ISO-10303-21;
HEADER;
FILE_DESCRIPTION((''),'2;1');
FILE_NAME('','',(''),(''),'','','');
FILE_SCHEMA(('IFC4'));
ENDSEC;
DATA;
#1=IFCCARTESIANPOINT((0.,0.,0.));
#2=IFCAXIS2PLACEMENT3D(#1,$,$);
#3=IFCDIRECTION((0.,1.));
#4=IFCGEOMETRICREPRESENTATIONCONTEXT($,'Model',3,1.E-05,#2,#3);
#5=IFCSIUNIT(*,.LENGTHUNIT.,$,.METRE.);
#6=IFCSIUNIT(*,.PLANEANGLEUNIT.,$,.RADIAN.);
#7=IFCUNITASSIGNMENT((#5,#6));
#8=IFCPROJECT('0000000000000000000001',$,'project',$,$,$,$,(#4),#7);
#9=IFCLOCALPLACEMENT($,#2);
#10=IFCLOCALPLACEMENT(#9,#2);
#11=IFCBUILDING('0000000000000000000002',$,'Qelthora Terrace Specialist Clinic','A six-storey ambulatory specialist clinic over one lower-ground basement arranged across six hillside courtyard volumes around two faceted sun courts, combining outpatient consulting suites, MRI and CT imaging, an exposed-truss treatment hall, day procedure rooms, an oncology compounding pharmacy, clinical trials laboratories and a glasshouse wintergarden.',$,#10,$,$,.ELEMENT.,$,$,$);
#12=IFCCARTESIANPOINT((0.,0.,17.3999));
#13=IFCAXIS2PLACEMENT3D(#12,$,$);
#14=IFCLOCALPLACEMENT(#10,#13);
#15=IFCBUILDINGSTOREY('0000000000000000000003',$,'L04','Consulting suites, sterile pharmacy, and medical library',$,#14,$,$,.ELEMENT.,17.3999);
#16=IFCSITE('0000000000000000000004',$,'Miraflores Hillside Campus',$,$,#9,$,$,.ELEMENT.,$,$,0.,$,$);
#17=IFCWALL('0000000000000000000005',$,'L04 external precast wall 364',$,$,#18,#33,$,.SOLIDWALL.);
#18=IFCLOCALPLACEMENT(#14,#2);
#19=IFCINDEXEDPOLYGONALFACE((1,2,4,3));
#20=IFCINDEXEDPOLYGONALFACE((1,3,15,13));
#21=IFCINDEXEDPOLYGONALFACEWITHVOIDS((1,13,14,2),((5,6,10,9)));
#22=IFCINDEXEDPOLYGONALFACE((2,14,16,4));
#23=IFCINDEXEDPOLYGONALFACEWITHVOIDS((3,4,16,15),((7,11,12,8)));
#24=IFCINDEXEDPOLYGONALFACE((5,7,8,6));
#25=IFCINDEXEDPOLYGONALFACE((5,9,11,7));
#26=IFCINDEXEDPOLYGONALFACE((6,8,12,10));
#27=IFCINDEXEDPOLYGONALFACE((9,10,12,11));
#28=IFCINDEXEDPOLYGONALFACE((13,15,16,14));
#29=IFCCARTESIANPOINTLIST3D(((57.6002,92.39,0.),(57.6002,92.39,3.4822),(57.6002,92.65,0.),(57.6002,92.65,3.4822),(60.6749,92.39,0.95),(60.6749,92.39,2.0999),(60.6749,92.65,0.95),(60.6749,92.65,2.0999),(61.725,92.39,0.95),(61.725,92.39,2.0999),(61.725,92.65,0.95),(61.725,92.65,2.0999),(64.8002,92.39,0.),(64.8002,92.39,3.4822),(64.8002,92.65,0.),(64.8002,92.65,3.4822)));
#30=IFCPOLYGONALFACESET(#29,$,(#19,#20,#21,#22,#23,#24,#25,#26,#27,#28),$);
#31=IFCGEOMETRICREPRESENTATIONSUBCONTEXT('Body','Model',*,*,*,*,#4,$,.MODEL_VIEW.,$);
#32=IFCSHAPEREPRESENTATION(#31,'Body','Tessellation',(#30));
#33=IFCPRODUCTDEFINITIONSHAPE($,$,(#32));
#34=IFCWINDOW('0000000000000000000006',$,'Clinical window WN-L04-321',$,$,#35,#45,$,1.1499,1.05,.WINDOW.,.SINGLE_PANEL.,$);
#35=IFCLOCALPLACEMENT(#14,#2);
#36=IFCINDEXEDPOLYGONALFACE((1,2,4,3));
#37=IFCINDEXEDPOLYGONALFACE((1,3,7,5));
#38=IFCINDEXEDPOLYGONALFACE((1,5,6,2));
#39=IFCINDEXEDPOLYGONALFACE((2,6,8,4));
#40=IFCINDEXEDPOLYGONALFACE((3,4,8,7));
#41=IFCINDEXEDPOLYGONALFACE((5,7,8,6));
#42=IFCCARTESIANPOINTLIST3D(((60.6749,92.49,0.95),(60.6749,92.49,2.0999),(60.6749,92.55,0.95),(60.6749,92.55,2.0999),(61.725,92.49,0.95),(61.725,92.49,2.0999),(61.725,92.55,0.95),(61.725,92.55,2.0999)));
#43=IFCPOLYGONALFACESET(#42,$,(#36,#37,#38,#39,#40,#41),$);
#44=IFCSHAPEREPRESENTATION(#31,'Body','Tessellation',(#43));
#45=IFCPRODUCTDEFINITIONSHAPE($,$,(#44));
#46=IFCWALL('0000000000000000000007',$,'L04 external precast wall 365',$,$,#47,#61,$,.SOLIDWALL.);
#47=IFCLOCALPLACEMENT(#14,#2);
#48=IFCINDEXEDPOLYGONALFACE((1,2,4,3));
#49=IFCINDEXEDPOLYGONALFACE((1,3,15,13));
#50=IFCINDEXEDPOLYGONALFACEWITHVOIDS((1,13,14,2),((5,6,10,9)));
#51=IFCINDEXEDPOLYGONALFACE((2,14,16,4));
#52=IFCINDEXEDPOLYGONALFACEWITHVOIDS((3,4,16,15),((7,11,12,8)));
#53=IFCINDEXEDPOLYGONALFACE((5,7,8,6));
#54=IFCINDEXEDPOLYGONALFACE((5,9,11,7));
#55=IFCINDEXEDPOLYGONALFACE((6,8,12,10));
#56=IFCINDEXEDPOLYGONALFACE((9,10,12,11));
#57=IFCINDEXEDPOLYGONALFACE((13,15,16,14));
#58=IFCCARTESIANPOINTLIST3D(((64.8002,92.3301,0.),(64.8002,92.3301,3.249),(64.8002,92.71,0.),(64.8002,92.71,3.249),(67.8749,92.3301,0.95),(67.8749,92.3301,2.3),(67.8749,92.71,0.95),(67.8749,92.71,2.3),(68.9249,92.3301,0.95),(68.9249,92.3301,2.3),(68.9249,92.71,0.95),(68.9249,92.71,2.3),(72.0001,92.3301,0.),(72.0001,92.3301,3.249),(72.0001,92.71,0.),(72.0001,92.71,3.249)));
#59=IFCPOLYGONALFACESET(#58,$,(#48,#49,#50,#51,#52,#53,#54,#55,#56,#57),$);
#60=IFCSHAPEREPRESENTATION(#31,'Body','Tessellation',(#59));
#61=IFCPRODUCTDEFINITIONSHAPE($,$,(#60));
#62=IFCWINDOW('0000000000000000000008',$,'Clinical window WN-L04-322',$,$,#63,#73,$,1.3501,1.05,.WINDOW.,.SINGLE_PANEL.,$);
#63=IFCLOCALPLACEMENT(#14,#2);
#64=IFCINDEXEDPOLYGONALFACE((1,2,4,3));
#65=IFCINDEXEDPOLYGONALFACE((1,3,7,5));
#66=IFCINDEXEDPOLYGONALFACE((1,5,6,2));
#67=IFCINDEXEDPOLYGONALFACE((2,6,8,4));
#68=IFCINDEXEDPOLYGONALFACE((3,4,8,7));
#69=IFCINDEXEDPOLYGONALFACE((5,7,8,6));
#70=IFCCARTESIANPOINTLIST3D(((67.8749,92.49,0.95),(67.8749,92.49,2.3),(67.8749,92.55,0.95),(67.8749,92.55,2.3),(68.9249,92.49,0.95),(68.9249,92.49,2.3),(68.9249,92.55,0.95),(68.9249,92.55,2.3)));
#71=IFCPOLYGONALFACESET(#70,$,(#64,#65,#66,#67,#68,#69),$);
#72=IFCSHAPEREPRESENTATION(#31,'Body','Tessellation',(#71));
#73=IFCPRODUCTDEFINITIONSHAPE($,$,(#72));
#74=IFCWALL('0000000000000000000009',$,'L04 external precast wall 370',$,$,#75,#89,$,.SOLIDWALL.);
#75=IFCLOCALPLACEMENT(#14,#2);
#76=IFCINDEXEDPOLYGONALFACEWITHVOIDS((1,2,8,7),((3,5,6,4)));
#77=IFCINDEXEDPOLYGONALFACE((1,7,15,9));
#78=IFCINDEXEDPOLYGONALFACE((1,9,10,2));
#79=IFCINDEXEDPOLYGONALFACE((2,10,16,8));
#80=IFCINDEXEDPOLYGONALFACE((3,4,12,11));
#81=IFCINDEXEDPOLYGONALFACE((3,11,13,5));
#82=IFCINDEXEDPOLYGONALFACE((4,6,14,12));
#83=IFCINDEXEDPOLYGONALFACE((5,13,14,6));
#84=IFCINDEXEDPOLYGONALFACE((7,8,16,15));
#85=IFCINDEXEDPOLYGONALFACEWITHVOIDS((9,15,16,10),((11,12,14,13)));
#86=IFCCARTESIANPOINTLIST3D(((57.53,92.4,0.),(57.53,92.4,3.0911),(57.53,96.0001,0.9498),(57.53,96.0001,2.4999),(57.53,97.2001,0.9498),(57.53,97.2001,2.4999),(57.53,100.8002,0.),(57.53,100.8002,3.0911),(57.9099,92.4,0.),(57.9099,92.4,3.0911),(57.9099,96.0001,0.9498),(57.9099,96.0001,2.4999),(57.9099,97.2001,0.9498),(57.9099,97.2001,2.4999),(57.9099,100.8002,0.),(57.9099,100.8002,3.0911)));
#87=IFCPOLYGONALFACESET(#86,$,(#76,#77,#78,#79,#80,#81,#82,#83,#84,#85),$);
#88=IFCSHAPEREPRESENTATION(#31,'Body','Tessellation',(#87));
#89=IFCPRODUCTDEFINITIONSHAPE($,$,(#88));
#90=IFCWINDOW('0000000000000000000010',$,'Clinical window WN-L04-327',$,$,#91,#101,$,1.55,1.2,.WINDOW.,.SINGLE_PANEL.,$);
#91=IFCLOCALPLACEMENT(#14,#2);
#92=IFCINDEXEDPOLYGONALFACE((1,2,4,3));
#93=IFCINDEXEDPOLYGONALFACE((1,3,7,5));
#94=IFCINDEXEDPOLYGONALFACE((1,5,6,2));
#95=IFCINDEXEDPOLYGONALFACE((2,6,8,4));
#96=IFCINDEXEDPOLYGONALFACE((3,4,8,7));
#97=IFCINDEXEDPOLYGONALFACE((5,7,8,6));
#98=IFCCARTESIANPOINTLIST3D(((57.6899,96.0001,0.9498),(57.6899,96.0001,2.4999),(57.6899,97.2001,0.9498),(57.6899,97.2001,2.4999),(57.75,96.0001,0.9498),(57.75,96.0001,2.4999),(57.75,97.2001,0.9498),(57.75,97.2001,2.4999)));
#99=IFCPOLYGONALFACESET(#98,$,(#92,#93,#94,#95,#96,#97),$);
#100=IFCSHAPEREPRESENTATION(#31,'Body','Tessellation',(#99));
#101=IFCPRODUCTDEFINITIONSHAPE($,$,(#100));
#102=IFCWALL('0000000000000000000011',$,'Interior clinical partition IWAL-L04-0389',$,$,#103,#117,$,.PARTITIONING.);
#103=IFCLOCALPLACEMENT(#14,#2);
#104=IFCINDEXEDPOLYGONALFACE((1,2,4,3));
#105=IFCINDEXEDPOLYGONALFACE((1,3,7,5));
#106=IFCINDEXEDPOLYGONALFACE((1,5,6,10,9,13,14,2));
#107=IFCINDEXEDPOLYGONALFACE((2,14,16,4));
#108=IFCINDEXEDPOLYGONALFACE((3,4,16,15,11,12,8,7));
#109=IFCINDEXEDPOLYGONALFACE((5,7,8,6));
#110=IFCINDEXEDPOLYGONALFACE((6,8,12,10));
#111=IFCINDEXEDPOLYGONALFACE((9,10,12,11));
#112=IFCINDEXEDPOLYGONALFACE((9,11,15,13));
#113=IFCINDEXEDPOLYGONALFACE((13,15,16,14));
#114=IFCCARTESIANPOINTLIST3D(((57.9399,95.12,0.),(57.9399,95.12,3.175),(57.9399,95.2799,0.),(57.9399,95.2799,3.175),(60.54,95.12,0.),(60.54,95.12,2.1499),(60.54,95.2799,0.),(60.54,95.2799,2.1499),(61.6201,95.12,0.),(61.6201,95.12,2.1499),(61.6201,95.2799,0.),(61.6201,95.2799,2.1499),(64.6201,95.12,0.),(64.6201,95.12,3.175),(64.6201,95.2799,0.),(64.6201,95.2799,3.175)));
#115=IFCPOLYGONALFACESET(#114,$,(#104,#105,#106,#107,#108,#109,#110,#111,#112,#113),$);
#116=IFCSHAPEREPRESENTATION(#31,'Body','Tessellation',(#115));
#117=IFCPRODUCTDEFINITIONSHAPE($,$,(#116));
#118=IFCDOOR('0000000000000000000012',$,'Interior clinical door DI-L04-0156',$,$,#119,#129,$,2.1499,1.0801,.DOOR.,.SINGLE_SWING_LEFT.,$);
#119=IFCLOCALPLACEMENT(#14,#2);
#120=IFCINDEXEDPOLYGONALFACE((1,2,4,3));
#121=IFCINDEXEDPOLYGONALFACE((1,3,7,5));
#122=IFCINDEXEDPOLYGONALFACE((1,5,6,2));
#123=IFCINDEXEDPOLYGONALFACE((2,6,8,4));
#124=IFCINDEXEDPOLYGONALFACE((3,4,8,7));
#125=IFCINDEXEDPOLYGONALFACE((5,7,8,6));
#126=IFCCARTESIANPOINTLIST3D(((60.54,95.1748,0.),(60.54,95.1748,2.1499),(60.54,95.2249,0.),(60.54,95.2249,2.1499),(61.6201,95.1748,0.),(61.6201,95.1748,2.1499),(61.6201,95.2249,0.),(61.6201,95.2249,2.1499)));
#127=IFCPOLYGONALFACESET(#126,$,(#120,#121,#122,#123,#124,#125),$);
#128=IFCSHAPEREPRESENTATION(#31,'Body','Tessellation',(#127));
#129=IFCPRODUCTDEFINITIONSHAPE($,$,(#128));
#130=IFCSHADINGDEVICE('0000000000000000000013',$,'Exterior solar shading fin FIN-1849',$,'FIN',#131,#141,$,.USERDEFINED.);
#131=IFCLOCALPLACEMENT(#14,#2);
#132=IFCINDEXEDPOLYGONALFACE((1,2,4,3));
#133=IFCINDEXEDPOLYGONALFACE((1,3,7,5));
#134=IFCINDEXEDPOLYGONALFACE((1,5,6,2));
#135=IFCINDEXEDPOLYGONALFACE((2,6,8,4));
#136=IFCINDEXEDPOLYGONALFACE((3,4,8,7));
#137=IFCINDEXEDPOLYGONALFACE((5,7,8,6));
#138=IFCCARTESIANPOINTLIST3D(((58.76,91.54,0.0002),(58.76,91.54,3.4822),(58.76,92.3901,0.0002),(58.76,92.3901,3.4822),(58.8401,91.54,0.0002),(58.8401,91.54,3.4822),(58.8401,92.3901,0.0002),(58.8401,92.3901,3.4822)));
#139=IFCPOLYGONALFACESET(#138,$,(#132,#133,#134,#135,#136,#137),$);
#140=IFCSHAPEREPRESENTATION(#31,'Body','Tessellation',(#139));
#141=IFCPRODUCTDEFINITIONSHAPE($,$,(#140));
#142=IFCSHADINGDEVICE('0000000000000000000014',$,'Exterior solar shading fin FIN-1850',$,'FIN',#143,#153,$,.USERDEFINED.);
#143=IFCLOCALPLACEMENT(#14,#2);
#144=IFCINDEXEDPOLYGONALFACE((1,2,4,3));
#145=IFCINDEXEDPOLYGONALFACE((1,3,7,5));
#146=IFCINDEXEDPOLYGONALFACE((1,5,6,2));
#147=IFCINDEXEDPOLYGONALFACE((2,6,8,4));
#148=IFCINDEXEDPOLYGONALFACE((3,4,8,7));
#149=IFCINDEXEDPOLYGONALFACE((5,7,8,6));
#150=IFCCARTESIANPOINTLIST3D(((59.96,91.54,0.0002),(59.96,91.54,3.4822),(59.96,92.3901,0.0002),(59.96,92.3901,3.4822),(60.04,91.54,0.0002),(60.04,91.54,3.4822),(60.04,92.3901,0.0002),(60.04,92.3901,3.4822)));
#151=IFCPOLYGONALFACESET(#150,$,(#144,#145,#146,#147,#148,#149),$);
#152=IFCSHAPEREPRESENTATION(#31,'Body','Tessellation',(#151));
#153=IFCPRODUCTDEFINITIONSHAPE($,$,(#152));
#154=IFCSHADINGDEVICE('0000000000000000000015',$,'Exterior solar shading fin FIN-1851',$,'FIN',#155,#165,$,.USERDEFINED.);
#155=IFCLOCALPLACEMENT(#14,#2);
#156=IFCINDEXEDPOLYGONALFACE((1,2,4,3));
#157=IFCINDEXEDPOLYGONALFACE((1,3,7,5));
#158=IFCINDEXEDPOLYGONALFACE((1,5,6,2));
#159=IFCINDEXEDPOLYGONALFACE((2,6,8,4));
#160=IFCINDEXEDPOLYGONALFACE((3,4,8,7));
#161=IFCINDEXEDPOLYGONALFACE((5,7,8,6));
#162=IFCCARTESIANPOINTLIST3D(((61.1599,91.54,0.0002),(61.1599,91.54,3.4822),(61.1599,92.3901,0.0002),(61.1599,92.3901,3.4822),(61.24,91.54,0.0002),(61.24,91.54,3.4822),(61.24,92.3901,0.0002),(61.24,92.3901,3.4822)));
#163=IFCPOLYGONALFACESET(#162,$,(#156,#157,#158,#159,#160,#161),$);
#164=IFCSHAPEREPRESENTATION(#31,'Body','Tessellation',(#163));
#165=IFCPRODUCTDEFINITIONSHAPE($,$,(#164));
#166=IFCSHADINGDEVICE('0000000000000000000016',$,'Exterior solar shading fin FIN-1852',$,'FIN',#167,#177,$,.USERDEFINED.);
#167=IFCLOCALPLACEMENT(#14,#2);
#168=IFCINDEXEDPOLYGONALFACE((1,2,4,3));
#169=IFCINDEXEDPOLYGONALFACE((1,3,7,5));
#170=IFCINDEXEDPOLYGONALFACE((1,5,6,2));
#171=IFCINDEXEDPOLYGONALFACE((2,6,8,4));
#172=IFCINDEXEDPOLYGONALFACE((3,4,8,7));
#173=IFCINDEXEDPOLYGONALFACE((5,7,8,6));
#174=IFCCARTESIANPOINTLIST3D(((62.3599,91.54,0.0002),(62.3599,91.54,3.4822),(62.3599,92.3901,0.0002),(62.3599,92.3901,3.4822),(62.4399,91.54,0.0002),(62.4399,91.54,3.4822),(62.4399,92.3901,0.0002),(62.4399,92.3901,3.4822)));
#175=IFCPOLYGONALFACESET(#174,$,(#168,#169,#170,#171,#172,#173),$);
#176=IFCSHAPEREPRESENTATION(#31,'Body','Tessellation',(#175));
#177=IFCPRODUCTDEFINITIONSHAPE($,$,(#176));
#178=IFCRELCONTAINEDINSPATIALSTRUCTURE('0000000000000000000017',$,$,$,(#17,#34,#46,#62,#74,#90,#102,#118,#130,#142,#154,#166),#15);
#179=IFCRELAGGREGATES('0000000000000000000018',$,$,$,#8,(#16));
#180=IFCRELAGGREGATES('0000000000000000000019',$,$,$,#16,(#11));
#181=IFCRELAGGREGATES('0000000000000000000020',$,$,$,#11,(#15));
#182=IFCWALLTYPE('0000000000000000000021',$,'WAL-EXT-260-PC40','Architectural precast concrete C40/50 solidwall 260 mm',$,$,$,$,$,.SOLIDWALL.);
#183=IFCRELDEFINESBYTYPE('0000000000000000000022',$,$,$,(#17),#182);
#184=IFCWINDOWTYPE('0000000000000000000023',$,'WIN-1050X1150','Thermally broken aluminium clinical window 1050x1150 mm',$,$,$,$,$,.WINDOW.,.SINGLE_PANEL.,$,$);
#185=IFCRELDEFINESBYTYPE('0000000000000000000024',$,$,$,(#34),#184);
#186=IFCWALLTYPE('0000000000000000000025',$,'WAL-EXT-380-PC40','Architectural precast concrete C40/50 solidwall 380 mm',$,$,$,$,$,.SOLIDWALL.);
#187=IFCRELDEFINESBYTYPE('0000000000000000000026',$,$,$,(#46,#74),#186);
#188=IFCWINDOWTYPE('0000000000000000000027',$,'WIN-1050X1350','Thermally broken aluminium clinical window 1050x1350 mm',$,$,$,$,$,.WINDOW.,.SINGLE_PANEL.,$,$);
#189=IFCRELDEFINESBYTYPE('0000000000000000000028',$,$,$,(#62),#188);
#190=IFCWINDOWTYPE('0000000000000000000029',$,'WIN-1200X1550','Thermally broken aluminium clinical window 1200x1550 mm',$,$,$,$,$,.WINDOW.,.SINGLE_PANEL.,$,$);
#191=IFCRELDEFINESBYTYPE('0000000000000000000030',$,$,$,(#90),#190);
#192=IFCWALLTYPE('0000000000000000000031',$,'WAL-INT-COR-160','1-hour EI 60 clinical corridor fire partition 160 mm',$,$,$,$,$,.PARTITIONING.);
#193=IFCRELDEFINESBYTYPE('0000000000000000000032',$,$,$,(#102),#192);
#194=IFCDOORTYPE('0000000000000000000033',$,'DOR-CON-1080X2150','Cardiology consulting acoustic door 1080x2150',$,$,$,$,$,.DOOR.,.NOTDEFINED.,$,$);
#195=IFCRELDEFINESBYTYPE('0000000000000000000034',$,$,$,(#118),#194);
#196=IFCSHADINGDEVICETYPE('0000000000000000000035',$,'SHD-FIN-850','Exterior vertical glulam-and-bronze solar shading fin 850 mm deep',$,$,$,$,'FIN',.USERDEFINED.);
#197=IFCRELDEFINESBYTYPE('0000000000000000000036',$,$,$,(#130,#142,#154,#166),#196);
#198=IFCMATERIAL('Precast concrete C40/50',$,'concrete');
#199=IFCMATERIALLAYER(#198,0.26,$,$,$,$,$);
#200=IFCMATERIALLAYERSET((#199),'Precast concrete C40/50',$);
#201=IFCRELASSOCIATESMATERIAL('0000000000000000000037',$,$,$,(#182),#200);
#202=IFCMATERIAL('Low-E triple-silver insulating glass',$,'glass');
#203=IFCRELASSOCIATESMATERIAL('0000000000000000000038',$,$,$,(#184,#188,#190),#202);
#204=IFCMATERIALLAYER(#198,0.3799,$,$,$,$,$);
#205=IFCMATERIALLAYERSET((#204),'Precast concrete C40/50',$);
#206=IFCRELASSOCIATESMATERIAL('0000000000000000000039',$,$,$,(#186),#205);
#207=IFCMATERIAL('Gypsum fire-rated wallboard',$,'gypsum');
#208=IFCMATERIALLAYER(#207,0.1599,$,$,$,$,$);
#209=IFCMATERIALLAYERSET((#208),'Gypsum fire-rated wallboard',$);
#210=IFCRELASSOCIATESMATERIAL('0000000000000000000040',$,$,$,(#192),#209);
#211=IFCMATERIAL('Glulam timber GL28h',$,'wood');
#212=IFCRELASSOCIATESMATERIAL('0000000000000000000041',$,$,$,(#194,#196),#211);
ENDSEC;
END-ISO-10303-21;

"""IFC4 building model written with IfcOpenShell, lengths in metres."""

from ifc_helpers import new_model, si_unit, direction, frame, frame_2d, origin, origin_2d, place, context, subcontext, project, spatial, rectangle, extrude, material, layer, layer_set, type_object, element, fill, save


model = new_model("IFC4")

# Units and contexts
model_context = context("Model", 3, precision=1e-05, world=origin(), true_north=direction((0.0, 1.0)))
body_context = subcontext(model_context, "Body", "Model", "MODEL_VIEW")
ifc_project = project(units=[si_unit("LENGTHUNIT", "METRE"), si_unit("PLANEANGLEUNIT", "RADIAN")], contexts=[model_context])

# Site, building, storey
site_placement = place(None, origin())
site = spatial("IfcSite", under=ifc_project, at=site_placement, Name="Miraflores Hillside Campus", CompositionType="ELEMENT", RefElevation=0.0)
building_placement = place(site_placement, origin())
building = spatial("IfcBuilding", under=site, at=building_placement, Name="Qelthora Terrace Specialist Clinic", Description="A six-storey ambulatory specialist clinic over one lower-ground basement arranged across six hillside courtyard volumes around two faceted sun courts, combining outpatient consulting suites, MRI and CT imaging, an exposed-truss treatment hall, day procedure rooms, an oncology compounding pharmacy, clinical trials laboratories and a glasshouse wintergarden.", CompositionType="ELEMENT")
storey_placement = place(building_placement, frame((0.0, 0.0, 17.3999)))
storey = spatial("IfcBuildingStorey", under=building, at=storey_placement, Name="L04", Description="Consulting suites, sterile pharmacy, and medical library", CompositionType="ELEMENT", Elevation=17.3999)

# Walls, openings, windows
ifc_material_1 = material(Name="Precast concrete C40/50", Category="concrete")
ifc_layer_1 = layer(ifc_material_1, 0.26)
ifc_layer_set_1 = layer_set([ifc_layer_1], Name="Precast concrete C40/50")
wall_type_1 = type_object("IfcWallType", Name="WAL-EXT-260-PC40", Description="Architectural precast concrete C40/50 solidwall 260 mm", PredefinedType="SOLIDWALL", material=ifc_layer_set_1)
wall_1_placement = place(storey_placement, frame((57.6001, 92.52, 0.0), z_axis=(0.0, 0.0, 1.0), x_axis=(1.0, 0.0, 0.0)))
wall_1 = element("IfcWall", 1, at=wall_1_placement, inside=storey, type_object=wall_type_1, Name="L04 external precast wall 364", PredefinedType="SOLIDWALL", context=body_context, shape_type="SweptSolid", body=[
    extrude(rectangle(XDim=7.2, YDim=0.26, at=frame_2d((3.6001, 0.0))), origin(), (0.0, 0.0, 1.0), 3.4822),
])
opening_1_placement = place(wall_1_placement, frame((3.075, 0.0, 0.95)))
opening_1 = element("IfcOpeningElement", 2, at=opening_1_placement, cuts=wall_1, PredefinedType="OPENING", context=body_context, shape_type="SweptSolid", body=[
    extrude(rectangle(XDim=1.05, YDim=1.1499, at=frame_2d((0.5249, 0.575))), frame((0.0, 0.1399, 0.0), z_axis=(0.0, -1.0, 0.0), x_axis=(1.0, 0.0, 0.0)), (0.0, 0.0, 1.0), 0.28),
])
ifc_material_2 = material(Name="Low-E triple-silver insulating glass", Category="glass")
window_type_1 = type_object("IfcWindowType", Name="WIN-1050X1150", Description="Thermally broken aluminium clinical window 1050x1150 mm", PartitioningType="SINGLE_PANEL", PredefinedType="WINDOW", material=ifc_material_2)
window_1_placement = place(opening_1_placement, origin())
window_1 = element("IfcWindow", 3, at=window_1_placement, inside=storey, type_object=window_type_1, Name="Clinical window WN-L04-321", OverallHeight=1.1499, OverallWidth=1.05, PartitioningType="SINGLE_PANEL", PredefinedType="WINDOW", context=body_context, shape_type="SweptSolid", body=[
    extrude(rectangle(XDim=1.05, YDim=1.1499, at=frame_2d((0.5249, 0.575))), frame((0.0, 0.03, 0.0), z_axis=(0.0, -1.0, 0.0), x_axis=(1.0, 0.0, 0.0)), (0.0, 0.0, 1.0), 0.0601),
])
fill(opening_1, window_1)
ifc_layer_2 = layer(ifc_material_1, 0.3799)
ifc_layer_set_2 = layer_set([ifc_layer_2], Name="Precast concrete C40/50")
wall_type_2 = type_object("IfcWallType", Name="WAL-EXT-380-PC40", Description="Architectural precast concrete C40/50 solidwall 380 mm", PredefinedType="SOLIDWALL", material=ifc_layer_set_2)
wall_2_placement = place(storey_placement, frame((64.8, 92.52, 0.0), z_axis=(0.0, 0.0, 1.0), x_axis=(1.0, 0.0, 0.0)))
wall_2 = element("IfcWall", 4, at=wall_2_placement, inside=storey, type_object=wall_type_2, Name="L04 external precast wall 365", PredefinedType="SOLIDWALL", context=body_context, shape_type="SweptSolid", body=[
    extrude(rectangle(XDim=7.2, YDim=0.3799, at=frame_2d((3.6001, 0.0))), origin(), (0.0, 0.0, 1.0), 3.249),
])
opening_2_placement = place(wall_2_placement, frame((3.075, 0.0, 0.95)))
opening_2 = element("IfcOpeningElement", 5, at=opening_2_placement, cuts=wall_2, PredefinedType="OPENING", context=body_context, shape_type="SweptSolid", body=[
    extrude(rectangle(XDim=1.05, YDim=1.3501, at=frame_2d((0.5249, 0.675))), frame((0.0, 0.2, 0.0), z_axis=(0.0, -1.0, 0.0), x_axis=(1.0, 0.0, 0.0)), (0.0, 0.0, 1.0), 0.3999),
])
window_type_2 = type_object("IfcWindowType", Name="WIN-1050X1350", Description="Thermally broken aluminium clinical window 1050x1350 mm", PartitioningType="SINGLE_PANEL", PredefinedType="WINDOW", material=ifc_material_2)
window_2_placement = place(opening_2_placement, origin())
window_2 = element("IfcWindow", 6, at=window_2_placement, inside=storey, type_object=window_type_2, Name="Clinical window WN-L04-322", OverallHeight=1.3501, OverallWidth=1.05, PartitioningType="SINGLE_PANEL", PredefinedType="WINDOW", context=body_context, shape_type="SweptSolid", body=[
    extrude(rectangle(XDim=1.05, YDim=1.3501, at=frame_2d((0.5249, 0.675))), frame((0.0, 0.03, 0.0), z_axis=(0.0, -1.0, 0.0), x_axis=(1.0, 0.0, 0.0)), (0.0, 0.0, 1.0), 0.0601),
])
fill(opening_2, window_2)
wall_3_placement = place(storey_placement, frame((57.72, 92.3999, 0.0), z_axis=(0.0, 0.0, 1.0), x_axis=(0.0, 1.0, 0.0)))
wall_3 = element("IfcWall", 7, at=wall_3_placement, inside=storey, type_object=wall_type_2, Name="L04 external precast wall 370", PredefinedType="SOLIDWALL", context=body_context, shape_type="SweptSolid", body=[
    extrude(rectangle(XDim=8.4001, YDim=0.3799, at=frame_2d((4.2002, 0.0))), origin(), (0.0, 0.0, 1.0), 3.0911),
])
opening_3_placement = place(wall_3_placement, frame((3.6001, 0.0, 0.95)))
opening_3 = element("IfcOpeningElement", 8, at=opening_3_placement, cuts=wall_3, PredefinedType="OPENING", context=body_context, shape_type="SweptSolid", body=[
    extrude(rectangle(XDim=1.2, YDim=1.55, at=frame_2d((0.6001, 0.7749))), frame((0.0, 0.2, 0.0), z_axis=(0.0, -1.0, 0.0), x_axis=(1.0, 0.0, 0.0)), (0.0, 0.0, 1.0), 0.3999),
])
window_type_3 = type_object("IfcWindowType", Name="WIN-1200X1550", Description="Thermally broken aluminium clinical window 1200x1550 mm", PartitioningType="SINGLE_PANEL", PredefinedType="WINDOW", material=ifc_material_2)
window_3_placement = place(opening_3_placement, origin())
window_3 = element("IfcWindow", 9, at=window_3_placement, inside=storey, type_object=window_type_3, Name="Clinical window WN-L04-327", OverallHeight=1.55, OverallWidth=1.2, PartitioningType="SINGLE_PANEL", PredefinedType="WINDOW", context=body_context, shape_type="SweptSolid", body=[
    extrude(rectangle(XDim=1.2, YDim=1.55, at=frame_2d((0.6001, 0.7749))), frame((0.0, 0.03, 0.0), z_axis=(0.0, -1.0, 0.0), x_axis=(1.0, 0.0, 0.0)), (0.0, 0.0, 1.0), 0.0601),
])
fill(opening_3, window_3)

# Wall, opening, door
ifc_material_3 = material(Name="Gypsum fire-rated wallboard", Category="gypsum")
ifc_layer_3 = layer(ifc_material_3, 0.1599)
ifc_layer_set_3 = layer_set([ifc_layer_3], Name="Gypsum fire-rated wallboard")
wall_type_3 = type_object("IfcWallType", Name="WAL-INT-COR-160", Description="1-hour EI 60 clinical corridor fire partition 160 mm", PredefinedType="PARTITIONING", material=ifc_layer_set_3)
wall_4_placement = place(storey_placement, frame((64.6201, 95.2, 0.0), z_axis=(0.0, 0.0, 1.0), x_axis=(-1.0, 0.0, 0.0)))
wall_4 = element("IfcWall", 10, at=wall_4_placement, inside=storey, type_object=wall_type_3, Name="Interior clinical partition IWAL-L04-0389", PredefinedType="PARTITIONING", context=body_context, shape_type="SweptSolid", body=[
    extrude(rectangle(XDim=6.6802, YDim=0.1599, at=frame_2d((3.3401, 0.0))), origin(), (0.0, 0.0, 1.0), 3.175),
])
opening_4_placement = place(wall_4_placement, frame((3.0, 0.0, 0.0)))
opening_4 = element("IfcOpeningElement", 11, at=opening_4_placement, cuts=wall_4, PredefinedType="OPENING", context=body_context, shape_type="SweptSolid", body=[
    extrude(rectangle(XDim=1.0801, YDim=2.1499, at=frame_2d((0.54, 1.075))), frame((0.0, 0.0898, 0.0), z_axis=(0.0, -1.0, 0.0), x_axis=(1.0, 0.0, 0.0)), (0.0, 0.0, 1.0), 0.1799),
])
ifc_material_4 = material(Name="Glulam timber GL28h", Category="wood")
door_type = type_object("IfcDoorType", Name="DOR-CON-1080X2150", Description="Cardiology consulting acoustic door 1080x2150", OperationType="NOTDEFINED", PredefinedType="DOOR", material=ifc_material_4)
door_placement = place(opening_4_placement, frame((1.0801, 0.0, 0.0), z_axis=(0.0, 0.0, 1.0), x_axis=(-1.0, 0.0, 0.0)))
door = element("IfcDoor", 12, at=door_placement, inside=storey, type_object=door_type, Name="Interior clinical door DI-L04-0156", OperationType="SINGLE_SWING_LEFT", OverallHeight=2.1499, OverallWidth=1.0801, PredefinedType="DOOR", context=body_context, shape_type="SweptSolid", body=[
    extrude(rectangle(XDim=1.0801, YDim=2.1499, at=frame_2d((0.54, 1.075))), frame((0.0, 0.0249, 0.0), z_axis=(0.0, -1.0, 0.0), x_axis=(1.0, 0.0, 0.0)), (0.0, 0.0, 1.0), 0.05),
])
fill(opening_4, door)

# Shading devices
shading_device_type = type_object("IfcShadingDeviceType", Name="SHD-FIN-850", Description="Exterior vertical glulam-and-bronze solar shading fin 850 mm deep", ElementType="FIN", PredefinedType="USERDEFINED", material=ifc_material_4)
for number, where, z_axis, x_axis, name in (
    (13, (58.8, 91.9651, 0.0002), (0.0, 0.0, 1.0), (0.0, -1.0, 0.0), "Exterior solar shading fin FIN-1849"),
    (14, (60.0, 91.9651, 0.0002), (0.0, 0.0, 1.0), (0.0, -1.0, 0.0), "Exterior solar shading fin FIN-1850"),
    (15, (61.2, 91.9651, 0.0002), (0.0, 0.0, 1.0), (0.0, -1.0, 0.0), "Exterior solar shading fin FIN-1851"),
    (16, (62.3999, 91.9651, 0.0002), (0.0, 0.0, 1.0), (0.0, -1.0, 0.0), "Exterior solar shading fin FIN-1852"),
):
    element("IfcShadingDevice", number, at=place(storey_placement, frame(where, z_axis=z_axis, x_axis=x_axis)), inside=storey, type_object=shading_device_type, Name=name, ObjectType="FIN", PredefinedType="USERDEFINED", context=body_context, shape_type="SweptSolid", body=[
        extrude(rectangle(XDim=0.8501, YDim=0.0801, at=origin_2d()), origin(), (0.0, 0.0, 1.0), 3.4819),
    ])

save(model, "model.ifc")
